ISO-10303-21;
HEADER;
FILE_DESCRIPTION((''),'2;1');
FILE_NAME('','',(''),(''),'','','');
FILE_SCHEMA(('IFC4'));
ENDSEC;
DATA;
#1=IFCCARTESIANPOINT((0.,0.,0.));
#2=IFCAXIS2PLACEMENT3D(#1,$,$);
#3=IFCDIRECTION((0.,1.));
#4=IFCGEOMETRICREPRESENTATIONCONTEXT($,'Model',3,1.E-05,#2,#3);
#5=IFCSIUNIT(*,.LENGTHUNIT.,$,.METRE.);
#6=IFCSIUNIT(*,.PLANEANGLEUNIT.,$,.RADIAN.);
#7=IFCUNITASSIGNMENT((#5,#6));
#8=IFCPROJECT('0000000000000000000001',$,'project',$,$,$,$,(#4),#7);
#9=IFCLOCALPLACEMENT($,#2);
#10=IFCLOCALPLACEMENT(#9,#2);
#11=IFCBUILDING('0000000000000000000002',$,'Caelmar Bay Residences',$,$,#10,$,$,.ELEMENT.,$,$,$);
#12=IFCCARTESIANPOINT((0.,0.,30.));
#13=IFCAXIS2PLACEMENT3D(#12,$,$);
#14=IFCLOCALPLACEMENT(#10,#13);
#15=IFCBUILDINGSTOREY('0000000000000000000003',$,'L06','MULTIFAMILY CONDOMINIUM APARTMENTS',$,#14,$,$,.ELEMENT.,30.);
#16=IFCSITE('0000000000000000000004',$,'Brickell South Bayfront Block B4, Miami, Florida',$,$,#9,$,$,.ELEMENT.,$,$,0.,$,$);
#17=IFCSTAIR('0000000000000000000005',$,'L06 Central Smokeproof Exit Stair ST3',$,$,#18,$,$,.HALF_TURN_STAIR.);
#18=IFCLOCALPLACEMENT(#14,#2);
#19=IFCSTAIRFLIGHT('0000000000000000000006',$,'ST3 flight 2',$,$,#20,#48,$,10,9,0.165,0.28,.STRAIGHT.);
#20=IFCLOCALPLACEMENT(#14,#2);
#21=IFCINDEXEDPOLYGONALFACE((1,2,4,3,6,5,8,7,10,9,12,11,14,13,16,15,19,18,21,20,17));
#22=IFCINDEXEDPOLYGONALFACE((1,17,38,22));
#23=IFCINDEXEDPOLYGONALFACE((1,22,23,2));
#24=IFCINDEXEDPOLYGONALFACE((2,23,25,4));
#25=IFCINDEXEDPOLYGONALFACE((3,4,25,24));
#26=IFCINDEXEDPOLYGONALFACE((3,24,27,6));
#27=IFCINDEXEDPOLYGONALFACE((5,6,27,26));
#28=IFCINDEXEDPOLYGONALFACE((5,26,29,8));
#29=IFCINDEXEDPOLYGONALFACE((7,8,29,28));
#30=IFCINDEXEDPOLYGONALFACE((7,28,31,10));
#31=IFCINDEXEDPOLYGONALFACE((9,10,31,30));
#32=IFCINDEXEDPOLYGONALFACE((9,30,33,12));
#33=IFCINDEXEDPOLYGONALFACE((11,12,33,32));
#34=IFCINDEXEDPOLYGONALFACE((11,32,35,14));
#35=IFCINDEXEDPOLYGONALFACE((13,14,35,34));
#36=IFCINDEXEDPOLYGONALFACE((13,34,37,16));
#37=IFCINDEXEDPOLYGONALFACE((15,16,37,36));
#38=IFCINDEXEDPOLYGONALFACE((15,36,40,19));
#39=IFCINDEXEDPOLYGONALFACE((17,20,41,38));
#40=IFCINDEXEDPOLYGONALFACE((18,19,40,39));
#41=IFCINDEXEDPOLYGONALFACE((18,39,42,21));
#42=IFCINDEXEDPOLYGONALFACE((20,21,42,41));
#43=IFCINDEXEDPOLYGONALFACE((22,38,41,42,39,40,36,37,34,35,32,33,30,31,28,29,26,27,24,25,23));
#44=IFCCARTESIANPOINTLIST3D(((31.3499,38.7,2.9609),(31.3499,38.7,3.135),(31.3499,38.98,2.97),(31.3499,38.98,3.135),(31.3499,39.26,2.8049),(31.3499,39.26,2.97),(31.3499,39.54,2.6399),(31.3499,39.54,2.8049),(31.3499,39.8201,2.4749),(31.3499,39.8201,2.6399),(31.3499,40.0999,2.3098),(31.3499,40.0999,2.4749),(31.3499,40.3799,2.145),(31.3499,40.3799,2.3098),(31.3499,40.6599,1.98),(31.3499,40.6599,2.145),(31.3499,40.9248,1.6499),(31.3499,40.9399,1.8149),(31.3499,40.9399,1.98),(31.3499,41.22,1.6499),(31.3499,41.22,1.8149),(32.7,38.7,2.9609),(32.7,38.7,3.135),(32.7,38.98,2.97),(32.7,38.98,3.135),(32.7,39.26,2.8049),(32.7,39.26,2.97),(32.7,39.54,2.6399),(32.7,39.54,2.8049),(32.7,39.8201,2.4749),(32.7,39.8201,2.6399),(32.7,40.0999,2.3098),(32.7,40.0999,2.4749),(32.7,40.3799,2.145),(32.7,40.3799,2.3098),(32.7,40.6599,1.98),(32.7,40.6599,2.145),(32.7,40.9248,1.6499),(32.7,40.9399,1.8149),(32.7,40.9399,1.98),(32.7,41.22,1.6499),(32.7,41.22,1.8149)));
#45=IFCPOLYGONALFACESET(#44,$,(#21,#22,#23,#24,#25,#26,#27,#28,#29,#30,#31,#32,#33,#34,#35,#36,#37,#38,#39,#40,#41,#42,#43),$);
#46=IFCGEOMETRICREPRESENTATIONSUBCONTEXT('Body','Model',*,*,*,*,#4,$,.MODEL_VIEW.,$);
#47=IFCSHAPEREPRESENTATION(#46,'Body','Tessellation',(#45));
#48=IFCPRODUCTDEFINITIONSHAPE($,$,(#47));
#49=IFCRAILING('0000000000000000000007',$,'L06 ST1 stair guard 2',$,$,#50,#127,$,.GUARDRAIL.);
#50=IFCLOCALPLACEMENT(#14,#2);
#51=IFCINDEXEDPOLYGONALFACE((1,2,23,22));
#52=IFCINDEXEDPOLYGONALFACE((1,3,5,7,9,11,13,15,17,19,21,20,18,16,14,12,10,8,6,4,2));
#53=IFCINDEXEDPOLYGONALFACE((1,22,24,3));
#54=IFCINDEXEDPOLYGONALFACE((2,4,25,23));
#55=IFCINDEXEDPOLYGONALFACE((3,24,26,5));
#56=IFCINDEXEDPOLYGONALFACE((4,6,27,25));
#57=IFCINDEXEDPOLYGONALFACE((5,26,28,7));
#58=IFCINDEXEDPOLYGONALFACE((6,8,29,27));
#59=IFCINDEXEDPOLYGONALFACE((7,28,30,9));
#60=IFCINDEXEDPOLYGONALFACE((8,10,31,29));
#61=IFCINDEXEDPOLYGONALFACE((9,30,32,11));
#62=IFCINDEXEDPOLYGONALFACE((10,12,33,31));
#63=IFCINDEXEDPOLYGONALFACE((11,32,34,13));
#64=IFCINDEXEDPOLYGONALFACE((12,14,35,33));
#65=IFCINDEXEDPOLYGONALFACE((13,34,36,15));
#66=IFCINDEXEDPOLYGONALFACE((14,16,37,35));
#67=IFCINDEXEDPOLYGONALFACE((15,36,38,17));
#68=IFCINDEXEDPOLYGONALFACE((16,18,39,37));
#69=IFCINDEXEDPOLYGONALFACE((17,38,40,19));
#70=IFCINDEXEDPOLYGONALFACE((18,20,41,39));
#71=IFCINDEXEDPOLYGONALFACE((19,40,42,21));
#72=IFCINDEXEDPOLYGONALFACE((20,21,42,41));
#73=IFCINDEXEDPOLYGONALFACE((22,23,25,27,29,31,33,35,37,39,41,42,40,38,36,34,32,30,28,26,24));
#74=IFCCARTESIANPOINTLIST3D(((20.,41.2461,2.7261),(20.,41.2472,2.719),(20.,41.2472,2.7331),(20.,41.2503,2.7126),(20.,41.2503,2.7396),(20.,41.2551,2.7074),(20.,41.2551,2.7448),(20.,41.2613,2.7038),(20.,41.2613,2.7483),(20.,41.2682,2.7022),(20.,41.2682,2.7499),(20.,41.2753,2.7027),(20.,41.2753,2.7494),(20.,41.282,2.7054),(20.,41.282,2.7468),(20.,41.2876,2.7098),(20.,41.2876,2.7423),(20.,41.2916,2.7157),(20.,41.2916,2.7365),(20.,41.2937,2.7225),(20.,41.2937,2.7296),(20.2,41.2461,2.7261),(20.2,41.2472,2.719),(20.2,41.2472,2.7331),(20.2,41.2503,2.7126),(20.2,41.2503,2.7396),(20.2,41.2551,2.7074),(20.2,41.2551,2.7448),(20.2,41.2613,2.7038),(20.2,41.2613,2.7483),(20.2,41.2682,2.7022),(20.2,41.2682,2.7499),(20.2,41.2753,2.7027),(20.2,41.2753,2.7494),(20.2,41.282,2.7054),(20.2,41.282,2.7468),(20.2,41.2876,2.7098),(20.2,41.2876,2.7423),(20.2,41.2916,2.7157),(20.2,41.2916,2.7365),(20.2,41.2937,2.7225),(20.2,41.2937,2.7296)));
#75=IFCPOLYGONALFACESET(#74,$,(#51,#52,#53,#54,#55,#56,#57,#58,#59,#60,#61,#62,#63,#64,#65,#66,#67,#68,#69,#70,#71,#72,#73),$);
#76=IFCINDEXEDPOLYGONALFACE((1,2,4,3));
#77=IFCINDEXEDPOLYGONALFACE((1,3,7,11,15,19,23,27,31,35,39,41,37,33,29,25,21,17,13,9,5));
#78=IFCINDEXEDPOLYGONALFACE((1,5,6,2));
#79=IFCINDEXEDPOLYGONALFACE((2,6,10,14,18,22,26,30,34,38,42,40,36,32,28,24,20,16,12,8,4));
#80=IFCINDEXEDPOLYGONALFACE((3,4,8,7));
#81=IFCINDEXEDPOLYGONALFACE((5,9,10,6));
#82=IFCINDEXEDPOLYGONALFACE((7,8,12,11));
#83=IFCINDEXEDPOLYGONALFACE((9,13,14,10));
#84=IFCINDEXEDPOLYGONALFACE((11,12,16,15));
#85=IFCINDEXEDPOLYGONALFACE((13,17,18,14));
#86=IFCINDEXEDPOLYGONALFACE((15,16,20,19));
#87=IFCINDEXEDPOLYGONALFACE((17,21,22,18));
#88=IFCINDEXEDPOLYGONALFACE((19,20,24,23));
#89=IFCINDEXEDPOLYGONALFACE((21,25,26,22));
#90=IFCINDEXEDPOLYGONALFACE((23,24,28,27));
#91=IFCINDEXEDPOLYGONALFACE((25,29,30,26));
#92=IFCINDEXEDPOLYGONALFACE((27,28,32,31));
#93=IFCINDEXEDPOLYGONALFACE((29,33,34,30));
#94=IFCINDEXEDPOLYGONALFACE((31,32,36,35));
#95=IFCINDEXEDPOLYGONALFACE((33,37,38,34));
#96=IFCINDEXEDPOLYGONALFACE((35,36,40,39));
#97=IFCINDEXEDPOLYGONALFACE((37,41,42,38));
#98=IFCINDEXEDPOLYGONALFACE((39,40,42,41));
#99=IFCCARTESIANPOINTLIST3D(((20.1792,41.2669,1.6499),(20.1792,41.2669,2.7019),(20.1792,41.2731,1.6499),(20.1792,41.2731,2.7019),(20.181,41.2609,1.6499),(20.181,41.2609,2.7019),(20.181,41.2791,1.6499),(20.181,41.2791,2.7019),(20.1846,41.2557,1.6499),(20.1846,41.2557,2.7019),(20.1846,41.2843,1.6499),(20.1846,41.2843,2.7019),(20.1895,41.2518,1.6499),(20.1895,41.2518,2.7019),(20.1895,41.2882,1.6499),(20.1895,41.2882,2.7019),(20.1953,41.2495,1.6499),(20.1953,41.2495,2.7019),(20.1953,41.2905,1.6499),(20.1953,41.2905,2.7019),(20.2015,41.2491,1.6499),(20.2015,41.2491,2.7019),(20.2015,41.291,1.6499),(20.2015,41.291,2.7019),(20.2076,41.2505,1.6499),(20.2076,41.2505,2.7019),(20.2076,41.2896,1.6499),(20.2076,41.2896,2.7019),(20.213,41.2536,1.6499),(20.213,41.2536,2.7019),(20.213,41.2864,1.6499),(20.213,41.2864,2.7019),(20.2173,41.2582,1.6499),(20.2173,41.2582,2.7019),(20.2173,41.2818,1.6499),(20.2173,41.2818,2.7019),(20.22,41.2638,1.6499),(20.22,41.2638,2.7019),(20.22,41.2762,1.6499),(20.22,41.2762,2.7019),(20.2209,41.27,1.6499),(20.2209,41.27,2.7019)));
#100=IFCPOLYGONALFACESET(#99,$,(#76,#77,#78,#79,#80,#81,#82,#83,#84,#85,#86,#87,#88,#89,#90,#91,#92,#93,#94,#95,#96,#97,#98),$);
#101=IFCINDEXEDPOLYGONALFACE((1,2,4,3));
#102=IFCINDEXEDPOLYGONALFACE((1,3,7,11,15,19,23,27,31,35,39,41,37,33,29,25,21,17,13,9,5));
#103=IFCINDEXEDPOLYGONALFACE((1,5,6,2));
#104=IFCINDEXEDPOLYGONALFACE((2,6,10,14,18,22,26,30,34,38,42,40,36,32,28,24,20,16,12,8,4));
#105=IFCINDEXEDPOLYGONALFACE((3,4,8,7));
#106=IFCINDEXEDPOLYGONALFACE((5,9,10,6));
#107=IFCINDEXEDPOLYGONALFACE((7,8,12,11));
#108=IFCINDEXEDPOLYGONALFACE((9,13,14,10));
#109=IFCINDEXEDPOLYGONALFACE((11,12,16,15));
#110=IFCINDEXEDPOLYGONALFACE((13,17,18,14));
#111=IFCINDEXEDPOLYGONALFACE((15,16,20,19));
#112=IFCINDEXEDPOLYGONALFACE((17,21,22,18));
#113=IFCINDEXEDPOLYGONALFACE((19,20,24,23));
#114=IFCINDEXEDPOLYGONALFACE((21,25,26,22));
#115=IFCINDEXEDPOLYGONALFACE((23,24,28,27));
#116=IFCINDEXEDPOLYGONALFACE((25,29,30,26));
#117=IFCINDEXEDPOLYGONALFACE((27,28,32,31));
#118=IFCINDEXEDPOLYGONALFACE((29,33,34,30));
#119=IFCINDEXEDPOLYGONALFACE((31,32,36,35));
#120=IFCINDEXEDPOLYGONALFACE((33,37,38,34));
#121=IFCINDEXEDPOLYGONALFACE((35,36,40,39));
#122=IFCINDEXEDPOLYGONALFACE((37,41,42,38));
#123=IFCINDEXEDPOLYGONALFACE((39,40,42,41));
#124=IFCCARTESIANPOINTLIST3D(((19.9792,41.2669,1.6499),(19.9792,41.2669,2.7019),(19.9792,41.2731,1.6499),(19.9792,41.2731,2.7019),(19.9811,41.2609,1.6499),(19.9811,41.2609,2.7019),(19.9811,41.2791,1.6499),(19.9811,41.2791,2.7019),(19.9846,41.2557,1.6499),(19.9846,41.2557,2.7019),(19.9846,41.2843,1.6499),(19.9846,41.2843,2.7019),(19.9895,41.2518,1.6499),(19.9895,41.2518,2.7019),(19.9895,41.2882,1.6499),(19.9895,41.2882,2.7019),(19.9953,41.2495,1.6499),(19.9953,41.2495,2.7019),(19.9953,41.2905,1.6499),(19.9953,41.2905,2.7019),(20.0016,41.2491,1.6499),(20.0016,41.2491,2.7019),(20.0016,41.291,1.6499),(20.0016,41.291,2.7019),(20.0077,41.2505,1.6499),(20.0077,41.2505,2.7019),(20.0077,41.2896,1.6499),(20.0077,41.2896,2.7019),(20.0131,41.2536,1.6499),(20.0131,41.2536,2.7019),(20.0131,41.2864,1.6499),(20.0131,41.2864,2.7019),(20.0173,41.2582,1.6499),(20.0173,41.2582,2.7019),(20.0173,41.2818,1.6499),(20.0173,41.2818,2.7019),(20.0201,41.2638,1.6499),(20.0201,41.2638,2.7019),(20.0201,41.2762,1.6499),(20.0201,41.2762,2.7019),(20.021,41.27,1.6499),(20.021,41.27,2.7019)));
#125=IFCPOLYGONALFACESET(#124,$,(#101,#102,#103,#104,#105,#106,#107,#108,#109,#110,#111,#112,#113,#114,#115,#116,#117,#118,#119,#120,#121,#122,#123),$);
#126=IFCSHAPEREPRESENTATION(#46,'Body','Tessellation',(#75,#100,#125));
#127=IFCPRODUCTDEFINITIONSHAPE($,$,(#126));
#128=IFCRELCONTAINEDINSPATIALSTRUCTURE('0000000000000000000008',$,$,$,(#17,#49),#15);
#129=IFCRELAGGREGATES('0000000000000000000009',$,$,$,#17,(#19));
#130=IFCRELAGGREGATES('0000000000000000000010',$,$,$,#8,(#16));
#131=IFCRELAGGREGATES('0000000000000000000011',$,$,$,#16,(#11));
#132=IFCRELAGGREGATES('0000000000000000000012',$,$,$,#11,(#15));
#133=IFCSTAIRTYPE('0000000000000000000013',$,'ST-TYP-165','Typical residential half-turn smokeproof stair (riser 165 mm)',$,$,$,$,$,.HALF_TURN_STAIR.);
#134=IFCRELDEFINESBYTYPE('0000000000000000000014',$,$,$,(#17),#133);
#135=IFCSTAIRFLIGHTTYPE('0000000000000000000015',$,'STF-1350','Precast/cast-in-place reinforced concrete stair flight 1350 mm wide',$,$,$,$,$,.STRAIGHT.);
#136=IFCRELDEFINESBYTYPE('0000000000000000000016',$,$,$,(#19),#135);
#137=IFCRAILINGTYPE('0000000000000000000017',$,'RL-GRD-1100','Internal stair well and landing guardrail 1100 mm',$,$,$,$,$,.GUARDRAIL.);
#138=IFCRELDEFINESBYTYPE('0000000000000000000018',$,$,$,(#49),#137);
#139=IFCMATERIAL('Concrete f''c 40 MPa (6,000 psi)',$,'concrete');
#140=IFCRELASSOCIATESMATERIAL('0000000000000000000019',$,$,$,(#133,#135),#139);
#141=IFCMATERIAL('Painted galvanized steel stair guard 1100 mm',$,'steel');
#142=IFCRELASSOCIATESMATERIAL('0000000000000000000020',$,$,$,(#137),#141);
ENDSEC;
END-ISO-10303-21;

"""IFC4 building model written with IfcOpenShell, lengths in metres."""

from ifc_helpers import new_model, si_unit, direction, frame, origin, origin_2d, place, context, subcontext, project, spatial, polyline, circle, outline, extrude, material, type_object, element, aggregate, save


model = new_model("IFC4")

# Units and contexts
model_context = context("Model", 3, precision=1e-05, world=origin(), true_north=direction((0.0, 1.0)))
body_context = subcontext(model_context, "Body", "Model", "MODEL_VIEW")
ifc_project = project(units=[si_unit("LENGTHUNIT", "METRE"), si_unit("PLANEANGLEUNIT", "RADIAN")], contexts=[model_context])

# Site, building, storey
site_placement = place(None, origin())
site = spatial("IfcSite", under=ifc_project, at=site_placement, Name="Brickell South Bayfront Block B4, Miami, Florida", CompositionType="ELEMENT", RefElevation=0.0)
building_placement = place(site_placement, origin())
building = spatial("IfcBuilding", under=site, at=building_placement, Name="Caelmar Bay Residences", CompositionType="ELEMENT")
storey_placement = place(building_placement, frame((0.0, 0.0, 30.0)))
storey = spatial("IfcBuildingStorey", under=building, at=storey_placement, Name="L06", Description="MULTIFAMILY CONDOMINIUM APARTMENTS", CompositionType="ELEMENT", Elevation=30.0)

# Stair, stair flight
ifc_material_1 = material(Name="Concrete f'c 40 MPa (6,000 psi)", Category="concrete")
stair_type = type_object("IfcStairType", Name="ST-TYP-165", Description="Typical residential half-turn smokeproof stair (riser 165 mm)", PredefinedType="HALF_TURN_STAIR", material=ifc_material_1)
stair_flight_type = type_object("IfcStairFlightType", Name="STF-1350", Description="Precast/cast-in-place reinforced concrete stair flight 1350 mm wide", PredefinedType="STRAIGHT", material=ifc_material_1)
stair_1_placement = place(storey_placement, origin())
stair_1 = element("IfcStair", 1, at=stair_1_placement, inside=storey, type_object=stair_type, Name="L06 Central Smokeproof Exit Stair ST3", PredefinedType="HALF_TURN_STAIR")
stair_flight_1_placement = place(storey_placement, frame((32.0249, 41.22, 1.6499), z_axis=(0.0, 0.0, 1.0), x_axis=(0.0, -1.0, 0.0)))
stair_flight_1 = element("IfcStairFlight", 2, at=stair_flight_1_placement, type_object=stair_flight_type, Name="ST3 flight 2", NumberOfRisers=10, NumberOfTreads=9, PredefinedType="STRAIGHT", RiserHeight=0.165, TreadLength=0.28, context=body_context, shape_type="SweptSolid", body=[
    extrude(outline(polyline([(0.0, 0.0), (0.0, 0.165), (0.28, 0.165), (0.28, 0.3301), (0.5601, 0.3301), (0.5601, 0.4951), (0.8401, 0.4951), (0.8401, 0.6599), (1.1201, 0.6599), (1.1201, 0.825), (1.3999, 0.825), (1.3999, 0.99), (1.6799, 0.99), (1.6799, 1.155), (1.96, 1.155), (1.96, 1.3201), (2.24, 1.3201), (2.24, 1.4851), (2.52, 1.4851), (2.52, 1.6499), (2.52, 1.311), (0.2952, 0.0), (0.0, 0.0)])), frame((0.0, 0.675, 0.0), z_axis=(0.0, -1.0, 0.0), x_axis=(1.0, 0.0, 0.0)), (0.0, 0.0, 1.0), 1.3501),
])
aggregate(stair_1, [stair_flight_1])

# Railing
ifc_material_2 = material(Name="Painted galvanized steel stair guard 1100 mm", Category="steel")
railing_type_1 = type_object("IfcRailingType", Name="RL-GRD-1100", Description="Internal stair well and landing guardrail 1100 mm", PredefinedType="GUARDRAIL", material=ifc_material_2)
railing_1_placement = place(storey_placement, frame((20.2, 41.27, 1.6499)))
element("IfcRailing", 3, at=railing_1_placement, inside=storey, type_object=railing_type_1, Name="L06 ST1 stair guard 2", PredefinedType="GUARDRAIL", context=body_context, shape_type="SweptSolid", body=[
    extrude(circle(Radius=0.0239, at=origin_2d()), frame((0.0, 0.0, 1.0762), z_axis=(-1.0, 0.0, 0.0), x_axis=(0.0, -1.0, 0.0)), (0.0, 0.0, 1.0), 0.2),
    extrude(circle(Radius=0.021, at=origin_2d()), origin(), (0.0, 0.0, 1.0), 1.052),
    extrude(circle(Radius=0.021, at=origin_2d()), frame((-0.2, 0.0, 0.0)), (0.0, 0.0, 1.0), 1.052),
])

save(model, "model.ifc")
